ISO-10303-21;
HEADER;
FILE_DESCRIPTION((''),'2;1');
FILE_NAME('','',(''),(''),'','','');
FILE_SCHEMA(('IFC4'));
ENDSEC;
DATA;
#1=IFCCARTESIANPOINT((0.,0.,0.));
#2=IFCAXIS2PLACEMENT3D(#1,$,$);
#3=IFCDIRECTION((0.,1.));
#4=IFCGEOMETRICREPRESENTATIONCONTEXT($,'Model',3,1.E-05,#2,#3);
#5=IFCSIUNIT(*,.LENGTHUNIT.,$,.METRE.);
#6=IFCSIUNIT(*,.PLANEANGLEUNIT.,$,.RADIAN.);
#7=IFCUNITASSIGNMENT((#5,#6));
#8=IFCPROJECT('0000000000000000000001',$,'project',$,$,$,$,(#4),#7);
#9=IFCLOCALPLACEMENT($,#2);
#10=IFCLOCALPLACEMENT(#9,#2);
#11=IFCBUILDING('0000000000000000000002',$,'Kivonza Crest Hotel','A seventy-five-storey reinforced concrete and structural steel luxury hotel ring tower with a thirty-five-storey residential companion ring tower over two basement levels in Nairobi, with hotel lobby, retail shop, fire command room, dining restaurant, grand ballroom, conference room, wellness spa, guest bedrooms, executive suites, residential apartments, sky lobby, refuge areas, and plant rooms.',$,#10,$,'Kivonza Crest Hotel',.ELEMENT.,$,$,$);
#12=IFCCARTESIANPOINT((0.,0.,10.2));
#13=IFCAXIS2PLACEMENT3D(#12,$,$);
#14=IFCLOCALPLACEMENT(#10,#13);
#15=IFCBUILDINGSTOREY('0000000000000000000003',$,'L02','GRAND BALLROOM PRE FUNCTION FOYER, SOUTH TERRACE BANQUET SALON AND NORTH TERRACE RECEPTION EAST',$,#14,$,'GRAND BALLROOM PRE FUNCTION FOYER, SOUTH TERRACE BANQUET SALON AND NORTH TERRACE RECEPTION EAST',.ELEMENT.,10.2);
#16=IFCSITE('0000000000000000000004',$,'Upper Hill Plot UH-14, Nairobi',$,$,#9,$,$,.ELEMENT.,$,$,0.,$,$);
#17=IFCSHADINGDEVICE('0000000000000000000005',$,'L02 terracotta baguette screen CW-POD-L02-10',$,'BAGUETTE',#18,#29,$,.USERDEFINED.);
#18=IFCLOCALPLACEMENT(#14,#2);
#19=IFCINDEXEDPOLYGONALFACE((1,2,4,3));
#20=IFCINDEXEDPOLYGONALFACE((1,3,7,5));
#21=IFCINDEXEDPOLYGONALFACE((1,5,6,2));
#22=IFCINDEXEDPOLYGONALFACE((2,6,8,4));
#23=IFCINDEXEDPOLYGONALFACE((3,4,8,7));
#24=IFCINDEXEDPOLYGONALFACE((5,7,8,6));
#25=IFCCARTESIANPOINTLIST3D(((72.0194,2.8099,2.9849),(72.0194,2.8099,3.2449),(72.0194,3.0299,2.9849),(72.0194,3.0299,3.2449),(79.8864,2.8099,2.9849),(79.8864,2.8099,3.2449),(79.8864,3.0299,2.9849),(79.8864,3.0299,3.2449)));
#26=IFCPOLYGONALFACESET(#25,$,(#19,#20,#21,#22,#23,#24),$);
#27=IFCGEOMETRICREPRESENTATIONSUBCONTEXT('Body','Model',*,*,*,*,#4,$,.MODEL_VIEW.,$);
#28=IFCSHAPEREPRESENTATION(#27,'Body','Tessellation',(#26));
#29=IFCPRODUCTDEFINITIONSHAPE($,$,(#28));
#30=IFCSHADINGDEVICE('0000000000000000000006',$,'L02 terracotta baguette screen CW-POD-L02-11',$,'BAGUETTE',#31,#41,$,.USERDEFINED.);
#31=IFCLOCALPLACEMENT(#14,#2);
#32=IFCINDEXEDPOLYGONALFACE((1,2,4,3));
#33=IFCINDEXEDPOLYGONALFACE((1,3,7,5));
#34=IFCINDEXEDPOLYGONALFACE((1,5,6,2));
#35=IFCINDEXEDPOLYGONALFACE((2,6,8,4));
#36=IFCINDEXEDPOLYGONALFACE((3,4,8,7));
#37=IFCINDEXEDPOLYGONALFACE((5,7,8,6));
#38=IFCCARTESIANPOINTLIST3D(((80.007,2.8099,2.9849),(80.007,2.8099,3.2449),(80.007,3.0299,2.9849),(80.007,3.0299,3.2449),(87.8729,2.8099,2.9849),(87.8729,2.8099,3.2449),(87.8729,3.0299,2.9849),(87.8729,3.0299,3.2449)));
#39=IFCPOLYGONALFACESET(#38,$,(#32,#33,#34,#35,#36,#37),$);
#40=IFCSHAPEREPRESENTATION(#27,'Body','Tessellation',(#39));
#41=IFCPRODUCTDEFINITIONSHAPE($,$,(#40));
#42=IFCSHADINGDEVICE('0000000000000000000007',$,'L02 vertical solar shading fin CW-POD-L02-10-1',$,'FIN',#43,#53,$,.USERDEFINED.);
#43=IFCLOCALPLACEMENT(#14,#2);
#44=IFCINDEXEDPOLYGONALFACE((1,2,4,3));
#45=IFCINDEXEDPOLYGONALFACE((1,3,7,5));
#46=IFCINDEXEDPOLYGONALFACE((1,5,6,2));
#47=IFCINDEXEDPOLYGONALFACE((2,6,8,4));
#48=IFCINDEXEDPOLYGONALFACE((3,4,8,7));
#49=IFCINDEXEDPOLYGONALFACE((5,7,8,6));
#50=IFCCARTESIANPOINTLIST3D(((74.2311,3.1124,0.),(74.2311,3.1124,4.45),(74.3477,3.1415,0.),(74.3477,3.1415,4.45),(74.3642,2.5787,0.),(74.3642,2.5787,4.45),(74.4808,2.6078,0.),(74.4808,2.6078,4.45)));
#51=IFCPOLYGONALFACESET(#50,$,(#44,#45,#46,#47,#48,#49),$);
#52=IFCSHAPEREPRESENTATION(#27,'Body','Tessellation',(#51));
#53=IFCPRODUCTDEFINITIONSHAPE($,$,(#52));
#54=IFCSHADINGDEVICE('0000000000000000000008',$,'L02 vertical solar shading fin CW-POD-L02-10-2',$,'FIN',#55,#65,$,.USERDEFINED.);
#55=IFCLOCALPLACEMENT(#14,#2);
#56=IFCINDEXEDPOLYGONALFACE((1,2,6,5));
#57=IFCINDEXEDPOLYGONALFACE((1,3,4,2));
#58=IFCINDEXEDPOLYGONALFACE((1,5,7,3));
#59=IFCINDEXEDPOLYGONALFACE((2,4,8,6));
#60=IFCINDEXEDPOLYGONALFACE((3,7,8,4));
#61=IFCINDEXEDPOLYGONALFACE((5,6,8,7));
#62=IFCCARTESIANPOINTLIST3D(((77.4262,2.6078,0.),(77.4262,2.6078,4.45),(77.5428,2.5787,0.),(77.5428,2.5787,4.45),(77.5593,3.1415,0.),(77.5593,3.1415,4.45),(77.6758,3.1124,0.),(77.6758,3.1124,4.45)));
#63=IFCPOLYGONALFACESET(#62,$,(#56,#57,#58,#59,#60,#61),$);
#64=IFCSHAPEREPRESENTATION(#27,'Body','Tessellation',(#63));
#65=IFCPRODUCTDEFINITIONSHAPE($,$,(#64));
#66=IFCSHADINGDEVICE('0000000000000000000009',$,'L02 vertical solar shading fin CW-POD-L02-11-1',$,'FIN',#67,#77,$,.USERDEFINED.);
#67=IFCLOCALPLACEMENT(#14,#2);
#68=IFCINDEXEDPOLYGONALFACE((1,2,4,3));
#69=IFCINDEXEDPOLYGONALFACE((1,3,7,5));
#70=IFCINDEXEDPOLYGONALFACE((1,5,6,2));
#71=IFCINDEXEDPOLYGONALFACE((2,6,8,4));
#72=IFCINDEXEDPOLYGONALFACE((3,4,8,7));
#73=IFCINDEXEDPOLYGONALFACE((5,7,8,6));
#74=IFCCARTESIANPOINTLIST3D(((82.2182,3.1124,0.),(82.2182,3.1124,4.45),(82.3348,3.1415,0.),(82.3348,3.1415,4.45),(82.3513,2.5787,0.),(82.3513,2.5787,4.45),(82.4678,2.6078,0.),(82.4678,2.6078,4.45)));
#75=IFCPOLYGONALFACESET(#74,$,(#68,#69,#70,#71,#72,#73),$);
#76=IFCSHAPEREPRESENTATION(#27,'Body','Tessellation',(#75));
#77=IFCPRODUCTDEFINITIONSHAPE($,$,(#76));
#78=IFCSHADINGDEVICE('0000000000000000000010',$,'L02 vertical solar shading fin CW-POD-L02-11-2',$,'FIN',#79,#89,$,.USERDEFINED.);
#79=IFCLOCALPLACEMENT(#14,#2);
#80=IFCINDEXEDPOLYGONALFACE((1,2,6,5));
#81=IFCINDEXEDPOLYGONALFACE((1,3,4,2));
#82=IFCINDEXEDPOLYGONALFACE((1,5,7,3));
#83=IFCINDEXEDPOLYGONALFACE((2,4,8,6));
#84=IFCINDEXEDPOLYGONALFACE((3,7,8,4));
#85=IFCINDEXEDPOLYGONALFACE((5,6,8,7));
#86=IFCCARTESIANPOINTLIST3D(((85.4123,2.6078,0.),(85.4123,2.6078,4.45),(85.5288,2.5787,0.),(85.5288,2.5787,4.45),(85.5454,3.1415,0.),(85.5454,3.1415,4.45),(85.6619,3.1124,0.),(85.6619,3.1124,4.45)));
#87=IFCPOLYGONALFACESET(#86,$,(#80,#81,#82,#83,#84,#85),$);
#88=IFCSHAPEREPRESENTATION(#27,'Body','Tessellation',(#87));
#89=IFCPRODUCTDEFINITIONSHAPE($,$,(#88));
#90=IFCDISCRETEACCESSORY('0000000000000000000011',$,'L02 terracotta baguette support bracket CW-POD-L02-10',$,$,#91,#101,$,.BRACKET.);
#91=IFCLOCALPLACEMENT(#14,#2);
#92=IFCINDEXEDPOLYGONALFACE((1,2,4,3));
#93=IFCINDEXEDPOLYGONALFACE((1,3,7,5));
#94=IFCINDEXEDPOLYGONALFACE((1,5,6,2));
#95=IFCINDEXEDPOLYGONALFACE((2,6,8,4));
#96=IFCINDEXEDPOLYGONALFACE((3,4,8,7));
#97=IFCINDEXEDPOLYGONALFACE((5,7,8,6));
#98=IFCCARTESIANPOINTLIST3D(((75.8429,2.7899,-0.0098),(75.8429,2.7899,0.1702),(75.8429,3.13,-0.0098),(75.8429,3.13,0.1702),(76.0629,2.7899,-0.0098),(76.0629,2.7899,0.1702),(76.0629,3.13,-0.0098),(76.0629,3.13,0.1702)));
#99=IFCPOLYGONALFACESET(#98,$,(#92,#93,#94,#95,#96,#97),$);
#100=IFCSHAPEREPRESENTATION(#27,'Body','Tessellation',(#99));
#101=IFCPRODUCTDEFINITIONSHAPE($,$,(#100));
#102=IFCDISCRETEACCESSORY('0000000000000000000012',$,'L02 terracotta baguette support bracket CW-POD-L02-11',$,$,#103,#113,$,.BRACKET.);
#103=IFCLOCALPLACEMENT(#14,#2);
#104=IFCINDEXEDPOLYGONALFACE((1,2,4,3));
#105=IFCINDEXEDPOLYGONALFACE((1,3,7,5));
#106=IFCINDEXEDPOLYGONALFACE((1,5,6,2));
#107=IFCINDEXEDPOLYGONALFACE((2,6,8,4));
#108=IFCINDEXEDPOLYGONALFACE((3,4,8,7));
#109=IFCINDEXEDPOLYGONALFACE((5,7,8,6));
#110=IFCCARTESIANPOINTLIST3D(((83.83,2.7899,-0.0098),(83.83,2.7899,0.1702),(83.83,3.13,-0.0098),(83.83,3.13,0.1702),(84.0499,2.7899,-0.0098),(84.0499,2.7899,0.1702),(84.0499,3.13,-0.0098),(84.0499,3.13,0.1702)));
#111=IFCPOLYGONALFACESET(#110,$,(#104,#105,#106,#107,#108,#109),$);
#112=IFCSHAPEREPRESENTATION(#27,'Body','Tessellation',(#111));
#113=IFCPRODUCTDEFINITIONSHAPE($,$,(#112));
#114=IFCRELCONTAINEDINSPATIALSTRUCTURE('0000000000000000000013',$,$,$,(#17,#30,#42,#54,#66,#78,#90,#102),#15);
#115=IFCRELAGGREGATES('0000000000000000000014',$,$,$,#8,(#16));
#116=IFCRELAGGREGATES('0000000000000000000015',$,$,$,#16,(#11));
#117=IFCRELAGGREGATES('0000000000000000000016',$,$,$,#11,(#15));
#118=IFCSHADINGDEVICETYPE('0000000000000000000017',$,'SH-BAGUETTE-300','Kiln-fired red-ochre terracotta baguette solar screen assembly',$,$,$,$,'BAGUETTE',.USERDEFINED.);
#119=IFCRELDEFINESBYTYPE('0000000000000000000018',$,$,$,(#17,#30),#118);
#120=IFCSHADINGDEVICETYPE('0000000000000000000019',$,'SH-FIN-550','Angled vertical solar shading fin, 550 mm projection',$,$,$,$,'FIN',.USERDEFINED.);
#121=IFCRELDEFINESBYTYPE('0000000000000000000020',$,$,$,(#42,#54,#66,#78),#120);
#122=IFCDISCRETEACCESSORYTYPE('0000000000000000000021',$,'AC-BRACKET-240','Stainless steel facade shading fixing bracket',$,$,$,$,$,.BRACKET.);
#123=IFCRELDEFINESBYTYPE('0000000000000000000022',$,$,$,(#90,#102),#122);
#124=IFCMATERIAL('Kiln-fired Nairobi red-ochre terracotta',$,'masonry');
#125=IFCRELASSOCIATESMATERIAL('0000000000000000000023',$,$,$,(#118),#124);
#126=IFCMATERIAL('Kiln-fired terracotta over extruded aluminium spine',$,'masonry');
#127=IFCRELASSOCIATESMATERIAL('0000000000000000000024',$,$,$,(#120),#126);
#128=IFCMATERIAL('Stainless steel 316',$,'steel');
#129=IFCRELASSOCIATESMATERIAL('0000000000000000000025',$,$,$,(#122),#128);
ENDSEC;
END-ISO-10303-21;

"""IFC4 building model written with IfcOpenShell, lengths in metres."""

from ifc_helpers import new_model, si_unit, direction, frame, origin, origin_2d, place, context, subcontext, project, spatial, rectangle, extrude, material, type_object, element, save


model = new_model("IFC4")

# Units and contexts
model_context = context("Model", 3, precision=1e-05, world=origin(), true_north=direction((0.0, 1.0)))
body_context = subcontext(model_context, "Body", "Model", "MODEL_VIEW")
ifc_project = project(units=[si_unit("LENGTHUNIT", "METRE"), si_unit("PLANEANGLEUNIT", "RADIAN")], contexts=[model_context])

# Site, building, storey
site_placement = place(None, origin())
site = spatial("IfcSite", under=ifc_project, at=site_placement, Name="Upper Hill Plot UH-14, Nairobi", CompositionType="ELEMENT", RefElevation=0.0)
building_placement = place(site_placement, origin())
building = spatial("IfcBuilding", under=site, at=building_placement, Name="Kivonza Crest Hotel", Description="A seventy-five-storey reinforced concrete and structural steel luxury hotel ring tower with a thirty-five-storey residential companion ring tower over two basement levels in Nairobi, with hotel lobby, retail shop, fire command room, dining restaurant, grand ballroom, conference room, wellness spa, guest bedrooms, executive suites, residential apartments, sky lobby, refuge areas, and plant rooms.", LongName="Kivonza Crest Hotel", CompositionType="ELEMENT")
storey_placement = place(building_placement, frame((0.0, 0.0, 10.2)))
storey = spatial("IfcBuildingStorey", under=building, at=storey_placement, Name="L02", Description="GRAND BALLROOM PRE FUNCTION FOYER, SOUTH TERRACE BANQUET SALON AND NORTH TERRACE RECEPTION EAST", LongName="GRAND BALLROOM PRE FUNCTION FOYER, SOUTH TERRACE BANQUET SALON AND NORTH TERRACE RECEPTION EAST", CompositionType="ELEMENT", Elevation=10.2)

# Shading devices
ifc_material_1 = material(Name="Kiln-fired Nairobi red-ochre terracotta", Category="masonry")
shading_device_type_1 = type_object("IfcShadingDeviceType", Name="SH-BAGUETTE-300", Description="Kiln-fired red-ochre terracotta baguette solar screen assembly", ElementType="BAGUETTE", PredefinedType="USERDEFINED", material=ifc_material_1)
shading_device_1_placement = place(storey_placement, frame((75.9529, 2.9199, 2.9849), z_axis=(0.0, 0.0, 1.0), x_axis=(1.0, 0.0, 0.0)))
element("IfcShadingDevice", 1, at=shading_device_1_placement, inside=storey, type_object=shading_device_type_1, Name="L02 terracotta baguette screen CW-POD-L02-10", ObjectType="BAGUETTE", PredefinedType="USERDEFINED", context=body_context, shape_type="SweptSolid", body=[
    extrude(rectangle(XDim=7.8669, YDim=0.22, at=origin_2d()), origin(), (0.0, 0.0, 1.0), 0.26),
])
shading_device_2_placement = place(storey_placement, frame((83.9399, 2.9199, 2.9849), z_axis=(0.0, 0.0, 1.0), x_axis=(1.0, 0.0, 0.0)))
element("IfcShadingDevice", 2, at=shading_device_2_placement, inside=storey, type_object=shading_device_type_1, Name="L02 terracotta baguette screen CW-POD-L02-11", ObjectType="BAGUETTE", PredefinedType="USERDEFINED", context=body_context, shape_type="SweptSolid", body=[
    extrude(rectangle(XDim=7.866, YDim=0.22, at=origin_2d()), origin(), (0.0, 0.0, 1.0), 0.26),
])
ifc_material_2 = material(Name="Kiln-fired terracotta over extruded aluminium spine", Category="masonry")
shading_device_type_2 = type_object("IfcShadingDeviceType", Name="SH-FIN-550", Description="Angled vertical solar shading fin, 550 mm projection", ElementType="FIN", PredefinedType="USERDEFINED", material=ifc_material_2)
for number, where, z_axis, x_axis, name in (
    (3, (74.356, 2.8601, 0.0), (0.0, 0.0, 1.0), (0.970296, 0.241922, 0.0), "L02 vertical solar shading fin CW-POD-L02-10-1"),
    (4, (77.551, 2.8601, 0.0), (0.0, 0.0, 1.0), (0.970296, -0.241922, 0.0), "L02 vertical solar shading fin CW-POD-L02-10-2"),
    (5, (82.343, 2.8601, 0.0), (0.0, 0.0, 1.0), (0.970296, 0.241922, 0.0), "L02 vertical solar shading fin CW-POD-L02-11-1"),
    (6, (85.5371, 2.8601, 0.0), (0.0, 0.0, 1.0), (0.970296, -0.241922, 0.0), "L02 vertical solar shading fin CW-POD-L02-11-2"),
):
    element("IfcShadingDevice", number, at=place(storey_placement, frame(where, z_axis=z_axis, x_axis=x_axis)), inside=storey, type_object=shading_device_type_2, Name=name, ObjectType="FIN", PredefinedType="USERDEFINED", context=body_context, shape_type="SweptSolid", body=[
        extrude(rectangle(XDim=0.1201, YDim=0.55, at=origin_2d()), origin(), (0.0, 0.0, 1.0), 4.45),
    ])

# Discrete accessories
ifc_material_3 = material(Name="Stainless steel 316", Category="steel")
discrete_accessory_type = type_object("IfcDiscreteAccessoryType", Name="AC-BRACKET-240", Description="Stainless steel facade shading fixing bracket", PredefinedType="BRACKET", material=ifc_material_3)
for number, where, z_axis, x_axis, name in (
    (7, (75.9529, 2.96, -0.0098), (0.0, 0.0, 1.0), (1.0, 0.0, 0.0), "L02 terracotta baguette support bracket CW-POD-L02-10"),
    (8, (83.9399, 2.96, -0.0098), (0.0, 0.0, 1.0), (1.0, 0.0, 0.0), "L02 terracotta baguette support bracket CW-POD-L02-11"),
):
    element("IfcDiscreteAccessory", number, at=place(storey_placement, frame(where, z_axis=z_axis, x_axis=x_axis)), inside=storey, type_object=discrete_accessory_type, Name=name, PredefinedType="BRACKET", context=body_context, shape_type="SweptSolid", body=[
        extrude(rectangle(XDim=0.22, YDim=0.3401, at=origin_2d()), origin(), (0.0, 0.0, 1.0), 0.1799),
    ])

save(model, "model.ifc")
